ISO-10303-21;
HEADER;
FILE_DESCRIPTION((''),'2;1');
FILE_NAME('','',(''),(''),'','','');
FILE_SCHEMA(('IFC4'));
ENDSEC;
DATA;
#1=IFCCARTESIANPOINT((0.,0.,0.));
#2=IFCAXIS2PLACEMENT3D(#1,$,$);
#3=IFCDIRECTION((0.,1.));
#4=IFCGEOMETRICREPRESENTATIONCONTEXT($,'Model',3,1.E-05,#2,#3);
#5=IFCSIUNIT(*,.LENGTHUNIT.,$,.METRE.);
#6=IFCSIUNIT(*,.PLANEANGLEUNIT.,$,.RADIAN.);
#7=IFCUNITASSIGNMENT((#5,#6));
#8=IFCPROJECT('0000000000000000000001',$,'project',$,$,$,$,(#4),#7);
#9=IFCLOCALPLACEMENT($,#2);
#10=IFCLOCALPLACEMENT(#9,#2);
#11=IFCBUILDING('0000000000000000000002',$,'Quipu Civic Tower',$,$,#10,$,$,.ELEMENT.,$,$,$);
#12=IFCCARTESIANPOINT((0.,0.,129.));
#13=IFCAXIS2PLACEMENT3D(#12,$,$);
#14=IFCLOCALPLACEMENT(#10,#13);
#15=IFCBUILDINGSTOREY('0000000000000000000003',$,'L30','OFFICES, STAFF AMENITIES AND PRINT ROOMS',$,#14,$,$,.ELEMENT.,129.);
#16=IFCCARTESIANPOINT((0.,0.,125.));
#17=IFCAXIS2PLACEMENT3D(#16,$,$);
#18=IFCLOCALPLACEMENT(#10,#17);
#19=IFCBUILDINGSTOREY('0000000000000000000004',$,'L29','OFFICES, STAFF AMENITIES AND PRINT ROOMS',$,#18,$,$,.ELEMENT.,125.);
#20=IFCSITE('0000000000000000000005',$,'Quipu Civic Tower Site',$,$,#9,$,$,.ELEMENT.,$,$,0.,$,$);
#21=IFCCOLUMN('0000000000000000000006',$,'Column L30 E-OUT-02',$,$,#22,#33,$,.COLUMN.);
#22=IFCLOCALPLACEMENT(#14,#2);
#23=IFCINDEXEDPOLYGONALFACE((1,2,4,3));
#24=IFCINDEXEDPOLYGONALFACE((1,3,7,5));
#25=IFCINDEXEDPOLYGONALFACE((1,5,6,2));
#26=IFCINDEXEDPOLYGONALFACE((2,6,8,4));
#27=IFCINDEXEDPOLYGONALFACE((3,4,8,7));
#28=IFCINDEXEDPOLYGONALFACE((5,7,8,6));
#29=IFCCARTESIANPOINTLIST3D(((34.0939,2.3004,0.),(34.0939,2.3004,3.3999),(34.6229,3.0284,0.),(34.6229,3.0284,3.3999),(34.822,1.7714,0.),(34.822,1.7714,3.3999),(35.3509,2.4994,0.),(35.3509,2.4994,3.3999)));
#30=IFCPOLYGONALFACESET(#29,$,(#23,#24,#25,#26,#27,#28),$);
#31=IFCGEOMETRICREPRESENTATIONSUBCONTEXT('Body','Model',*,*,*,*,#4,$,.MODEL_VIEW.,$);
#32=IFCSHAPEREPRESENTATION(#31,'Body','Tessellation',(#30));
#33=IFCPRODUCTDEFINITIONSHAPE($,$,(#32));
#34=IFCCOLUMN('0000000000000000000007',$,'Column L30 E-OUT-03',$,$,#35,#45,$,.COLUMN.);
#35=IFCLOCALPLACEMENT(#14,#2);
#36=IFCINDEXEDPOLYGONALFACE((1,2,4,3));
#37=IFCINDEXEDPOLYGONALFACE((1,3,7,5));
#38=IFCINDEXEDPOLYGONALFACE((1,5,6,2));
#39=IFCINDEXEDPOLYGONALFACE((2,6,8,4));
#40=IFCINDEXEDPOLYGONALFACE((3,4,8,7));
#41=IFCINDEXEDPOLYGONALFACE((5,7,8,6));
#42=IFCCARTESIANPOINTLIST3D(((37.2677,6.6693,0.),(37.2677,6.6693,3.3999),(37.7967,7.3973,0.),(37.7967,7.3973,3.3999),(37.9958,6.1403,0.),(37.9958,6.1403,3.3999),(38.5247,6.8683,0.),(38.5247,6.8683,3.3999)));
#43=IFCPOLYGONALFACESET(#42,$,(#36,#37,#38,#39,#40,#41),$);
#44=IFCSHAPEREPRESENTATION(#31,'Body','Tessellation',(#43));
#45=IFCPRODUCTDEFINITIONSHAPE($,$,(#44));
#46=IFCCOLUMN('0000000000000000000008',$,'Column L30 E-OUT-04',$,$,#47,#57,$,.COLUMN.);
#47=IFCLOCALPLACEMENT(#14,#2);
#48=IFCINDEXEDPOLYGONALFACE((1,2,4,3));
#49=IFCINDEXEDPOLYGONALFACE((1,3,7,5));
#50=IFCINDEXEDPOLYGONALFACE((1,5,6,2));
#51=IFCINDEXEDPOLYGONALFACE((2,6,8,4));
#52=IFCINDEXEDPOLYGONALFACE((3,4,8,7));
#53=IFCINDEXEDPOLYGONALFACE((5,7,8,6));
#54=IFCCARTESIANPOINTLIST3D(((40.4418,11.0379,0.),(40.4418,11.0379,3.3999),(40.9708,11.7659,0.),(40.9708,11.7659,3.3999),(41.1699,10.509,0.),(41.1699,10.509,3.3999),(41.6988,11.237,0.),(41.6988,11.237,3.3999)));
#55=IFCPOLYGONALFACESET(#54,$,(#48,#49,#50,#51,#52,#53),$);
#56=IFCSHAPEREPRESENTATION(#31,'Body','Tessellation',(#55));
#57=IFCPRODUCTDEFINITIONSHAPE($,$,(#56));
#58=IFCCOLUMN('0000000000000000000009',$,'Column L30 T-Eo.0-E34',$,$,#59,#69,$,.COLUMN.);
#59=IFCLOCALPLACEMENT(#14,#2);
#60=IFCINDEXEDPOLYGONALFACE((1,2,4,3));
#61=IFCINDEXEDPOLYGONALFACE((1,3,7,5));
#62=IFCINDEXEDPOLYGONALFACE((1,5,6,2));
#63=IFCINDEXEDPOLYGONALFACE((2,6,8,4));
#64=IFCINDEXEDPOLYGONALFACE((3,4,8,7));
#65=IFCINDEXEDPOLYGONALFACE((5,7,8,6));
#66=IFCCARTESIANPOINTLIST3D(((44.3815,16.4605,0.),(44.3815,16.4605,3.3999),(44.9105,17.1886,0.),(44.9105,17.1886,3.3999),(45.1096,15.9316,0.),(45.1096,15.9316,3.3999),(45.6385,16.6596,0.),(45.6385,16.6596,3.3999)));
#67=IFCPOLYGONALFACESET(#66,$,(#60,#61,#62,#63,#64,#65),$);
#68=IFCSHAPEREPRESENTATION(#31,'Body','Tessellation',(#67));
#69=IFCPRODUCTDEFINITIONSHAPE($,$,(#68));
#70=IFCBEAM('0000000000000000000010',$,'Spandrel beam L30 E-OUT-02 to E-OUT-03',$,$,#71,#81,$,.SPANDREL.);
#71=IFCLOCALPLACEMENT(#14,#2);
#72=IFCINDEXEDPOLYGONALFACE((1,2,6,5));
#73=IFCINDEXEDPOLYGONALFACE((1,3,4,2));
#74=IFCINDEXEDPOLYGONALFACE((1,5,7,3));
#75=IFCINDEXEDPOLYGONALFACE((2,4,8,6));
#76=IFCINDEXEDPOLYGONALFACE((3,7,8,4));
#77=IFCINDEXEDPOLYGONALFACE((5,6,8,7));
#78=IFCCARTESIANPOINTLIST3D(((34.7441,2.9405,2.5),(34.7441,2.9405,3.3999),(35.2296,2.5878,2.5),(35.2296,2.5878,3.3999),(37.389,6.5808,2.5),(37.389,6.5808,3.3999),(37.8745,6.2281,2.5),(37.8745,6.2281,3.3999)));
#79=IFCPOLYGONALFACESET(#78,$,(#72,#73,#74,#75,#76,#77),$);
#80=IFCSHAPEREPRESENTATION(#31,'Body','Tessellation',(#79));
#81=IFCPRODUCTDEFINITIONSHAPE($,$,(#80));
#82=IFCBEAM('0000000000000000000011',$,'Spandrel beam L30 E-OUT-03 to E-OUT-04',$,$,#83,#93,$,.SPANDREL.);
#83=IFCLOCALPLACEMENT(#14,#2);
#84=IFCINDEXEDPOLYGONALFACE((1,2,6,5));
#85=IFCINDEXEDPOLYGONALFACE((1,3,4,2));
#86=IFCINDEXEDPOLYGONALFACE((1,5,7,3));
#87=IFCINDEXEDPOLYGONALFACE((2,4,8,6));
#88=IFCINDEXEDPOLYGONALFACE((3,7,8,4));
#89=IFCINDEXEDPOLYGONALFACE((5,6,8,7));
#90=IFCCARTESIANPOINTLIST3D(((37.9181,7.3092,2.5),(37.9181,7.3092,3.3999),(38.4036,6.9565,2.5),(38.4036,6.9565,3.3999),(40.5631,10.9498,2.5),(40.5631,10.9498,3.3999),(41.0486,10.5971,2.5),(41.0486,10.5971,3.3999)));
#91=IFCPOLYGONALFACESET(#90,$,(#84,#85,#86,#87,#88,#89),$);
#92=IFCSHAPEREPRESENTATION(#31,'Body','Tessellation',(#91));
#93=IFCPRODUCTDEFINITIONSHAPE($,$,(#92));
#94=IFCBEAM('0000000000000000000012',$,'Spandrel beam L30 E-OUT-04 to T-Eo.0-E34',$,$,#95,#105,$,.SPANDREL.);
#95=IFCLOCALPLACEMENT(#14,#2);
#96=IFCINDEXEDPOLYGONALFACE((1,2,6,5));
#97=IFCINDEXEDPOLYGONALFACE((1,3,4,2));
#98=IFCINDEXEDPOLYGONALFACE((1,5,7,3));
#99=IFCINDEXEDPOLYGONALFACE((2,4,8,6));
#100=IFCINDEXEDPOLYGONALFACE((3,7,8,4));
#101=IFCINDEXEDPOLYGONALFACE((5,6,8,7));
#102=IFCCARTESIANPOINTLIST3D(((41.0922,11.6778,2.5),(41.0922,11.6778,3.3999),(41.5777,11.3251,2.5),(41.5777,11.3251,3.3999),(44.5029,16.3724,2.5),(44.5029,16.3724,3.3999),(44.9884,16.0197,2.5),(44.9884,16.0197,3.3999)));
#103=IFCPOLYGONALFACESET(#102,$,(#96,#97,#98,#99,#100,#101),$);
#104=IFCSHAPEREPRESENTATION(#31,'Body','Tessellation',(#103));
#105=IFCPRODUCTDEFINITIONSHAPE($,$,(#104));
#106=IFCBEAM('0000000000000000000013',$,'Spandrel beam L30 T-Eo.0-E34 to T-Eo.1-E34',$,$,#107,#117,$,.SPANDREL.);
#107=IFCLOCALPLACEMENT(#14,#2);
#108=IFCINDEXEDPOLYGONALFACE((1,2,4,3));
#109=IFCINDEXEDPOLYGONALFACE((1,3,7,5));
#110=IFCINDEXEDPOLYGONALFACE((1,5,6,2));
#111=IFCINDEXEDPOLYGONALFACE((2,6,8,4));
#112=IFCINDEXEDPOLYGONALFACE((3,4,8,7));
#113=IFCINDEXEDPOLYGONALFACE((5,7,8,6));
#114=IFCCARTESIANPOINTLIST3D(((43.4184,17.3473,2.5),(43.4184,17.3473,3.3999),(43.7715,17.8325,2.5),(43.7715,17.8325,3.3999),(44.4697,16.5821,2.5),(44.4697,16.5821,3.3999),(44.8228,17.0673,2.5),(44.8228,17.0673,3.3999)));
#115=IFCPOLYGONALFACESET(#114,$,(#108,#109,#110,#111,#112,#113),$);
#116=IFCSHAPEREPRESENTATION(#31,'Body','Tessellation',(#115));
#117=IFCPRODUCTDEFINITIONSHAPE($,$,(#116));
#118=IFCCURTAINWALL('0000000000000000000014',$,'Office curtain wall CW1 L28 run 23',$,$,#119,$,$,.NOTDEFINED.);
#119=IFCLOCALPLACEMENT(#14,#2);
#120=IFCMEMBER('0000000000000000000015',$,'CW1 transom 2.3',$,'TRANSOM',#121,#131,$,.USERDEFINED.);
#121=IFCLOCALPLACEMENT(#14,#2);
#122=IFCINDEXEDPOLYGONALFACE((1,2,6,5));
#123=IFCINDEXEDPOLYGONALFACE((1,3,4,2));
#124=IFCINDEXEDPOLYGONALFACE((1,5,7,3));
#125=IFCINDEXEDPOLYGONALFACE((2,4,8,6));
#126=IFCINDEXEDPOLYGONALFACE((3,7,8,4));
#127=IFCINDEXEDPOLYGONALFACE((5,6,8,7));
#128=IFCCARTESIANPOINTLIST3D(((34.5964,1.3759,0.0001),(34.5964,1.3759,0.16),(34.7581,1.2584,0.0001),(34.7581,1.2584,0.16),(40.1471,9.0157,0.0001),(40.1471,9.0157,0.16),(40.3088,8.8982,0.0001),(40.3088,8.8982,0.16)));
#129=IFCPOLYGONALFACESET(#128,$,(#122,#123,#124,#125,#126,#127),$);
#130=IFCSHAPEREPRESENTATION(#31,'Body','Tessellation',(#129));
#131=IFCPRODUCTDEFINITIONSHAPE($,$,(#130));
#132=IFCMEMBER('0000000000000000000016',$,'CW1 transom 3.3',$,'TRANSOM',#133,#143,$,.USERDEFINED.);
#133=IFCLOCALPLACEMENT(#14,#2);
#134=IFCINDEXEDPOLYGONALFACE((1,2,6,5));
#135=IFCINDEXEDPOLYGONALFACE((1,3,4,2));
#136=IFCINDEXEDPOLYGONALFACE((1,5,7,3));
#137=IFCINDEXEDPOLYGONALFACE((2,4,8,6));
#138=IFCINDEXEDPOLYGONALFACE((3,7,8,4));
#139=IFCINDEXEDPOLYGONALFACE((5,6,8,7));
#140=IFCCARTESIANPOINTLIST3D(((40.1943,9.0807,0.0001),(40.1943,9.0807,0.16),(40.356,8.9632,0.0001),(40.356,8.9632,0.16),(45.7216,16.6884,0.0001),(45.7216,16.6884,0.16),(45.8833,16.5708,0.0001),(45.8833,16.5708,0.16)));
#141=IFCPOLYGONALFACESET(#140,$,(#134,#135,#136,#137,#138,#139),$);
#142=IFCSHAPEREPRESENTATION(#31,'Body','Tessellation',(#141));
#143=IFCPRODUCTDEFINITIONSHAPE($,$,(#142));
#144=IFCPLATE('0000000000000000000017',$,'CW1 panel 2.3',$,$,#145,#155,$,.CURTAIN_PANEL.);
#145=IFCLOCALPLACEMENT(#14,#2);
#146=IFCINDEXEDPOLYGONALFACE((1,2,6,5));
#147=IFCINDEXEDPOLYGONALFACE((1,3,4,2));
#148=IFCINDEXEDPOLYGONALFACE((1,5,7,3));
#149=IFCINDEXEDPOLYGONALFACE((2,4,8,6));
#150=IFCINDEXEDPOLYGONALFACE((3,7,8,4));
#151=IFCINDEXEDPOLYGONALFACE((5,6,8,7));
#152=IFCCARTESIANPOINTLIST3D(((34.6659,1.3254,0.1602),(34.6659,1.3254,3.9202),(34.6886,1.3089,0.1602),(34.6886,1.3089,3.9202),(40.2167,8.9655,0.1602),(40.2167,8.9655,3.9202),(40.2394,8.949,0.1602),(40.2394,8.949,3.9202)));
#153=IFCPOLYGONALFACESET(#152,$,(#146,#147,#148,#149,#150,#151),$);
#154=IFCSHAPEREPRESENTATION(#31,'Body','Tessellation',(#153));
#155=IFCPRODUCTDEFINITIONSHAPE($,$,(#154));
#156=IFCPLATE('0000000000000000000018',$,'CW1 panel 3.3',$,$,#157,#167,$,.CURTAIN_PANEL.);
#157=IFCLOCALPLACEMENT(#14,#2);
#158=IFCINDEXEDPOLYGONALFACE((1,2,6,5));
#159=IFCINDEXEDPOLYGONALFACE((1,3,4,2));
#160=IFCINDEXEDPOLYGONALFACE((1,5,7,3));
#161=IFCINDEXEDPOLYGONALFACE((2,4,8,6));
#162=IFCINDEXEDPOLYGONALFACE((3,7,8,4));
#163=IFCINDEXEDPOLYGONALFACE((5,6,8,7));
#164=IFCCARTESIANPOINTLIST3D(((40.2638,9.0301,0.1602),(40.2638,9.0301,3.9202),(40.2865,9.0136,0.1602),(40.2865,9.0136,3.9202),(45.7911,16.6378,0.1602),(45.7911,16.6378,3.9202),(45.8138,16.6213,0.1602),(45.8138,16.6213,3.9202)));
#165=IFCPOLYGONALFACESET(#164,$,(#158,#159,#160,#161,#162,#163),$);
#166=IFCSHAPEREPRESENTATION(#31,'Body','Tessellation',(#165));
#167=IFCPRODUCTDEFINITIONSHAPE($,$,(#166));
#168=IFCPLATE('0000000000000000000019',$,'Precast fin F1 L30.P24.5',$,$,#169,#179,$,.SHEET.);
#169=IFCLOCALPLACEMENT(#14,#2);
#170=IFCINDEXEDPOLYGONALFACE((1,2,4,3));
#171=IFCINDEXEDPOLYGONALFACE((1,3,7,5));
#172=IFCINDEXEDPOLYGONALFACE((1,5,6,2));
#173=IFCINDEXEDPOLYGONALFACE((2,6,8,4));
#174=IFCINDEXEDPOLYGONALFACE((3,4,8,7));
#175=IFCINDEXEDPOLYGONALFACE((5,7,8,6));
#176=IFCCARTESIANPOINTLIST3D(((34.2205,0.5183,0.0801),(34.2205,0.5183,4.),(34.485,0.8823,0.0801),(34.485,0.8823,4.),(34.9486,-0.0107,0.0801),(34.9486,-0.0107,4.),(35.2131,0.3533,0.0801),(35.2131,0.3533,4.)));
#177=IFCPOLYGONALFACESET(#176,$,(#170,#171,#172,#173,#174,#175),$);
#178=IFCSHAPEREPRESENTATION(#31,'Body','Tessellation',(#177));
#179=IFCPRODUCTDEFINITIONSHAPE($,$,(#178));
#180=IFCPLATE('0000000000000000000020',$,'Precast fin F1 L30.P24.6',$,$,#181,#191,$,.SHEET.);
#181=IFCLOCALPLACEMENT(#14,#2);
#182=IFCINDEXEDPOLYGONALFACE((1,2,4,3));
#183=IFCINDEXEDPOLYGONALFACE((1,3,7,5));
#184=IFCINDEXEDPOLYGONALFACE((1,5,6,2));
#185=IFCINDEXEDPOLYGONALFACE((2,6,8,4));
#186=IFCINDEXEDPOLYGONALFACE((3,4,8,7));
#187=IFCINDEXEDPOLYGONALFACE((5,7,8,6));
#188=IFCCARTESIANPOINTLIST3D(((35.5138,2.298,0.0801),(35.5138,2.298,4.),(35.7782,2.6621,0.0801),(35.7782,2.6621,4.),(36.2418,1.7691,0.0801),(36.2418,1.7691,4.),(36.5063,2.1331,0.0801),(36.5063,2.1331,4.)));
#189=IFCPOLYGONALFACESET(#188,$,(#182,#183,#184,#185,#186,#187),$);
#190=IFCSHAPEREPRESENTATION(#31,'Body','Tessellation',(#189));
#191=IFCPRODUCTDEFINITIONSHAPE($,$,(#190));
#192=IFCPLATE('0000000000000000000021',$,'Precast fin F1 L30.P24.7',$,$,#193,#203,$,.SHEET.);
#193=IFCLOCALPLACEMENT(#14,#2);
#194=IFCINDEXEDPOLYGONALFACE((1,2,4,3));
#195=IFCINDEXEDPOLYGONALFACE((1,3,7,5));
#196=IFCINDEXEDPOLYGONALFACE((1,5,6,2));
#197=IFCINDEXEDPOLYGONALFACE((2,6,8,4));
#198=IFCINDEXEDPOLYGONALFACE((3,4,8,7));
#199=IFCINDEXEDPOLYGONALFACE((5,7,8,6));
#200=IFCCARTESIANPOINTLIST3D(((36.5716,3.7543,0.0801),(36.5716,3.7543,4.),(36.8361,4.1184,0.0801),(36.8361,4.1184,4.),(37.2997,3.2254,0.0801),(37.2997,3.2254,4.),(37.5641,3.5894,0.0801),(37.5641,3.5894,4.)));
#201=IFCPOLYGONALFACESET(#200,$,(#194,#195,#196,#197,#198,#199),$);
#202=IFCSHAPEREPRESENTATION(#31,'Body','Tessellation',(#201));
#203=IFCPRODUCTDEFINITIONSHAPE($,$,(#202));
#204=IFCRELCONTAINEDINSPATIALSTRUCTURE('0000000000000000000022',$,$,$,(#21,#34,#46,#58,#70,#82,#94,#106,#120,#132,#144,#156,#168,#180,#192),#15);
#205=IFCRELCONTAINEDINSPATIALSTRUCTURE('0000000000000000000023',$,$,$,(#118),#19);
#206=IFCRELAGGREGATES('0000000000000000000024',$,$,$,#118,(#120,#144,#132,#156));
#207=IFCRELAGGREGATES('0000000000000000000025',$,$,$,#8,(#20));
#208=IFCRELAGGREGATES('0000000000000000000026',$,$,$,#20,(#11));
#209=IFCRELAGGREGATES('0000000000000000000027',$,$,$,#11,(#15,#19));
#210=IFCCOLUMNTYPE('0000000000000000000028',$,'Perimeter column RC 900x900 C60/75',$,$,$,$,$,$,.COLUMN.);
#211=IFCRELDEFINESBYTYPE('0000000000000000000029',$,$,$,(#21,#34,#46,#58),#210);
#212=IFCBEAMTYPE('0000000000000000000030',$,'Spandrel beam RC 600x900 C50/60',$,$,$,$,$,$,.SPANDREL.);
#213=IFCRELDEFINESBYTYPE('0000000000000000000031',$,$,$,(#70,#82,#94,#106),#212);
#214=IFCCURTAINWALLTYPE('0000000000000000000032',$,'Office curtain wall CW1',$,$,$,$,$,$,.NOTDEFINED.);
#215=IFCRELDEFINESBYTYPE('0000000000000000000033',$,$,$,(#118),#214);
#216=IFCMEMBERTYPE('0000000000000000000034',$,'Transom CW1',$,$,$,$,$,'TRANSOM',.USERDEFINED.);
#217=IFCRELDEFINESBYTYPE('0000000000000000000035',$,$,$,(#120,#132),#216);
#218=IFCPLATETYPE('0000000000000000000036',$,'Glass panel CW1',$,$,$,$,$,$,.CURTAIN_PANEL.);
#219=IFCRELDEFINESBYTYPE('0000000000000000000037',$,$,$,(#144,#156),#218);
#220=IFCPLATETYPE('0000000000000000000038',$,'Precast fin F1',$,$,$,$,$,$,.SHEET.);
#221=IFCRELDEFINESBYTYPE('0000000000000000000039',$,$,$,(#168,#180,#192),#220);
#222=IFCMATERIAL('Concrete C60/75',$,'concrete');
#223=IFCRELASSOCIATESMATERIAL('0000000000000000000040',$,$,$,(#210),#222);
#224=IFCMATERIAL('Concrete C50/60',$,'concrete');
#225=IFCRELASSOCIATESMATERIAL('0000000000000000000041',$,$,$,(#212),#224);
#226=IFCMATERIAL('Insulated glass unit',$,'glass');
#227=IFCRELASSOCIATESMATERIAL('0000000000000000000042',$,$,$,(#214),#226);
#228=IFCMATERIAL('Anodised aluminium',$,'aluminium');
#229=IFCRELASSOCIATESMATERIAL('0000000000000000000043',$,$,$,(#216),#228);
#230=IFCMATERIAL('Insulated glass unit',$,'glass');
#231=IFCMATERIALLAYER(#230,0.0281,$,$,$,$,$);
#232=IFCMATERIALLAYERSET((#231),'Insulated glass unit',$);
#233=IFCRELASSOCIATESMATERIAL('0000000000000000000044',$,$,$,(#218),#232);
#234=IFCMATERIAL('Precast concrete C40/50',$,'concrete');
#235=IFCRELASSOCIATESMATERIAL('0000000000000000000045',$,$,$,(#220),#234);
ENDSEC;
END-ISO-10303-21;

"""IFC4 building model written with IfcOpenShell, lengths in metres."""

from ifc_helpers import new_model, si_unit, direction, frame, origin, origin_2d, place, context, subcontext, project, spatial, rectangle, extrude, material, layer, layer_set, material_profile, profile_set, type_object, element, aggregate, save


model = new_model("IFC4")

# Units and contexts
model_context = context("Model", 3, precision=1e-05, world=origin(), true_north=direction((0.0, 1.0)))
body_context = subcontext(model_context, "Body", "Model", "MODEL_VIEW")
ifc_project = project(units=[si_unit("LENGTHUNIT", "METRE"), si_unit("PLANEANGLEUNIT", "RADIAN")], contexts=[model_context])

# Site, building, storey
site_placement = place(None, origin())
site = spatial("IfcSite", under=ifc_project, at=site_placement, Name="Quipu Civic Tower Site", CompositionType="ELEMENT", RefElevation=0.0)
building_placement = place(site_placement, origin())
building = spatial("IfcBuilding", under=site, at=building_placement, Name="Quipu Civic Tower", CompositionType="ELEMENT")
storey_1_placement = place(building_placement, frame((0.0, 0.0, 129.0)))
storey_1 = spatial("IfcBuildingStorey", under=building, at=storey_1_placement, Name="L30", Description="OFFICES, STAFF AMENITIES AND PRINT ROOMS", CompositionType="ELEMENT", Elevation=129.0)

# Columns
ifc_material_1 = material(Name="Concrete C60/75", Category="concrete")
ifc_material_profile_1 = material_profile(ifc_material_1, rectangle(XDim=0.8999, YDim=0.8999, at=origin_2d()), Name="RC900x900")
ifc_profile_set_1 = profile_set([ifc_material_profile_1], Name="Concrete C60/75")
column_type = type_object("IfcColumnType", Name="Perimeter column RC 900x900 C60/75", PredefinedType="COLUMN", material=ifc_profile_set_1)
for number, where, z_axis, x_axis, name in (
    (1, (34.7224, 2.3999, 0.0), (0.0, 0.0, 1.0), (0.587785, 0.809017, 0.0), "Column L30 E-OUT-02"),
    (2, (37.8962, 6.7688, 0.0), (0.0, 0.0, 1.0), (0.587785, 0.809017, 0.0), "Column L30 E-OUT-03"),
    (3, (41.0703, 11.1375, 0.0), (0.0, 0.0, 1.0), (0.587785, 0.809017, 0.0), "Column L30 E-OUT-04"),
    (4, (45.01, 16.5601, 0.0), (0.0, 0.0, 1.0), (0.587785, 0.809017, 0.0), "Column L30 T-Eo.0-E34"),
):
    element("IfcColumn", number, at=place(storey_1_placement, frame(where, z_axis=z_axis, x_axis=x_axis)), inside=storey_1, type_object=column_type, Name=name, PredefinedType="COLUMN", context=body_context, shape_type="SweptSolid", body=[
        extrude(rectangle(XDim=0.8999, YDim=0.8999, at=origin_2d()), origin(), (0.0, 0.0, 1.0), 3.3999),
    ])

# Beams
ifc_material_2 = material(Name="Concrete C50/60", Category="concrete")
ifc_material_profile_2 = material_profile(ifc_material_2, rectangle(XDim=0.6001, YDim=0.8999, at=origin_2d()), Name="RC600x900")
ifc_profile_set_2 = profile_set([ifc_material_profile_2], Name="Concrete C50/60")
beam_type = type_object("IfcBeamType", Name="Spandrel beam RC 600x900 C50/60", PredefinedType="SPANDREL", material=ifc_profile_set_2)
beam_1_placement = place(storey_1_placement, frame((34.9868, 2.7642, 2.95), z_axis=(0.587804, 0.809003, 0.0), x_axis=(-0.809003, 0.587804, 0.0)))
element("IfcBeam", 5, at=beam_1_placement, inside=storey_1, type_object=beam_type, Name="Spandrel beam L30 E-OUT-02 to E-OUT-03", PredefinedType="SPANDREL", context=body_context, shape_type="SweptSolid", body=[
    extrude(rectangle(XDim=0.6001, YDim=0.8999, at=origin_2d()), origin(), (0.0, 0.0, 1.0), 4.4998),
])
beam_2_placement = place(storey_1_placement, frame((38.1609, 7.1328, 2.95), z_axis=(0.587778, 0.809022, 0.0), x_axis=(-0.809022, 0.587778, 0.0)))
element("IfcBeam", 6, at=beam_2_placement, inside=storey_1, type_object=beam_type, Name="Spandrel beam L30 E-OUT-03 to E-OUT-04", PredefinedType="SPANDREL", context=body_context, shape_type="SweptSolid", body=[
    extrude(rectangle(XDim=0.6001, YDim=0.8999, at=origin_2d()), origin(), (0.0, 0.0, 1.0), 4.5),
])
beam_3_placement = place(storey_1_placement, frame((41.335, 11.5015, 2.95), z_axis=(0.587766, 0.809031, 0.0), x_axis=(-0.809031, 0.587766, 0.0)))
element("IfcBeam", 7, at=beam_3_placement, inside=storey_1, type_object=beam_type, Name="Spandrel beam L30 E-OUT-04 to T-Eo.0-E34", PredefinedType="SPANDREL", context=body_context, shape_type="SweptSolid", body=[
    extrude(rectangle(XDim=0.6001, YDim=0.8999, at=origin_2d()), origin(), (0.0, 0.0, 1.0), 5.8027),
])
beam_4_placement = place(storey_1_placement, frame((44.6462, 16.8247, 2.95), z_axis=(-0.808525, 0.588462, 0.0), x_axis=(-0.588462, -0.808525, 0.0)))
element("IfcBeam", 8, at=beam_4_placement, inside=storey_1, type_object=beam_type, Name="Spandrel beam L30 T-Eo.0-E34 to T-Eo.1-E34", PredefinedType="SPANDREL", context=body_context, shape_type="SweptSolid", body=[
    extrude(rectangle(XDim=0.6001, YDim=0.8999, at=origin_2d()), origin(), (0.0, 0.0, 1.0), 1.3003),
])

# Shared definitions
storey_2_placement = place(building_placement, frame((0.0, 0.0, 125.0)))
storey_2 = spatial("IfcBuildingStorey", under=building, at=storey_2_placement, Name="L29", Description="OFFICES, STAFF AMENITIES AND PRINT ROOMS", CompositionType="ELEMENT", Elevation=125.0)

# Curtain wall, members, plates
ifc_material_3 = material(Name="Insulated glass unit", Category="glass")
curtain_wall_type = type_object("IfcCurtainWallType", Name="Office curtain wall CW1", PredefinedType="NOTDEFINED", material=ifc_material_3)
curtain_wall_placement = place(storey_2_placement, origin())
curtain_wall = element("IfcCurtainWall", 9, at=curtain_wall_placement, inside=storey_2, type_object=curtain_wall_type, Name="Office curtain wall CW1 L28 run 23", PredefinedType="NOTDEFINED")
ifc_material_4 = material(Name="Anodised aluminium", Category="aluminium")
ifc_material_profile_3 = material_profile(ifc_material_4, rectangle(XDim=0.2, YDim=0.1599, at=origin_2d()), Name="RECT 200x160")
ifc_profile_set_3 = profile_set([ifc_material_profile_3], Name="Anodised aluminium")
member_type = type_object("IfcMemberType", Name="Transom CW1", ElementType="TRANSOM", PredefinedType="USERDEFINED", material=ifc_profile_set_3)
member_1_placement = place(storey_1_placement, frame((34.6772, 1.3171, 0.0801), z_axis=(0.58779, 0.809013, 0.0), x_axis=(-0.809013, 0.58779, 0.0)))
member_1 = element("IfcMember", 10, at=member_1_placement, inside=storey_1, type_object=member_type, Name="CW1 transom 2.3", ObjectType="TRANSOM", PredefinedType="USERDEFINED", context=body_context, shape_type="SweptSolid", body=[
    extrude(rectangle(XDim=0.2, YDim=0.1599, at=origin_2d()), origin(), (0.0, 0.0, 1.0), 9.4434),
])
member_2_placement = place(storey_1_placement, frame((40.2751, 9.022, 0.0801), z_axis=(0.587789, 0.809014, 0.0), x_axis=(-0.809014, 0.587789, 0.0)))
member_2 = element("IfcMember", 11, at=member_2_placement, inside=storey_1, type_object=member_type, Name="CW1 transom 3.3", ObjectType="TRANSOM", PredefinedType="USERDEFINED", context=body_context, shape_type="SweptSolid", body=[
    extrude(rectangle(XDim=0.2, YDim=0.1599, at=origin_2d()), origin(), (0.0, 0.0, 1.0), 9.4036),
])
ifc_material_5 = material(Name="Insulated glass unit", Category="glass")
ifc_layer_1 = layer(ifc_material_5, 0.0281)
ifc_layer_set_1 = layer_set([ifc_layer_1], Name="Insulated glass unit")
plate_type_1 = type_object("IfcPlateType", Name="Glass panel CW1", PredefinedType="CURTAIN_PANEL", material=ifc_layer_set_1)
plate_1_placement = place(storey_1_placement, frame((37.4526, 5.1372, 0.1602), z_axis=(0.0, 0.0, 1.0), x_axis=(0.587785, 0.809017, 0.0)))
plate_1 = element("IfcPlate", 12, at=plate_1_placement, inside=storey_1, type_object=plate_type_1, Name="CW1 panel 2.3", PredefinedType="CURTAIN_PANEL", context=body_context, shape_type="SweptSolid", body=[
    extrude(rectangle(XDim=9.4436, YDim=0.0281, at=origin_2d()), origin(), (0.0, 0.0, 1.0), 3.76),
])
plate_2_placement = place(storey_1_placement, frame((43.0388, 12.8257, 0.1602), z_axis=(0.0, 0.0, 1.0), x_axis=(0.587785, 0.809017, 0.0)))
plate_2 = element("IfcPlate", 13, at=plate_2_placement, inside=storey_1, type_object=plate_type_1, Name="CW1 panel 3.3", PredefinedType="CURTAIN_PANEL", context=body_context, shape_type="SweptSolid", body=[
    extrude(rectangle(XDim=9.4036, YDim=0.0281, at=origin_2d()), origin(), (0.0, 0.0, 1.0), 3.76),
])
aggregate(curtain_wall, [member_1, plate_1, member_2, plate_2])

# Plates
ifc_material_6 = material(Name="Precast concrete C40/50", Category="concrete")
plate_type_2 = type_object("IfcPlateType", Name="Precast fin F1", PredefinedType="SHEET", material=ifc_material_6)
for number, where, z_axis, x_axis, name in (
    (14, (34.7168, 0.4358, 0.0801), (0.0, 0.0, 1.0), (0.587786, 0.809017, 0.0), "Precast fin F1 L30.P24.5"),
    (15, (36.01, 2.2156, 0.0801), (0.0, 0.0, 1.0), (0.587786, 0.809017, 0.0), "Precast fin F1 L30.P24.6"),
    (16, (37.0679, 3.6719, 0.0801), (0.0, 0.0, 1.0), (0.587786, 0.809017, 0.0), "Precast fin F1 L30.P24.7"),
):
    element("IfcPlate", number, at=place(storey_1_placement, frame(where, z_axis=z_axis, x_axis=x_axis)), inside=storey_1, type_object=plate_type_2, Name=name, PredefinedType="SHEET", context=body_context, shape_type="SweptSolid", body=[
        extrude(rectangle(XDim=0.45, YDim=0.8999, at=origin_2d()), origin(), (0.0, 0.0, 1.0), 3.9199),
    ])

save(model, "model.ifc")
